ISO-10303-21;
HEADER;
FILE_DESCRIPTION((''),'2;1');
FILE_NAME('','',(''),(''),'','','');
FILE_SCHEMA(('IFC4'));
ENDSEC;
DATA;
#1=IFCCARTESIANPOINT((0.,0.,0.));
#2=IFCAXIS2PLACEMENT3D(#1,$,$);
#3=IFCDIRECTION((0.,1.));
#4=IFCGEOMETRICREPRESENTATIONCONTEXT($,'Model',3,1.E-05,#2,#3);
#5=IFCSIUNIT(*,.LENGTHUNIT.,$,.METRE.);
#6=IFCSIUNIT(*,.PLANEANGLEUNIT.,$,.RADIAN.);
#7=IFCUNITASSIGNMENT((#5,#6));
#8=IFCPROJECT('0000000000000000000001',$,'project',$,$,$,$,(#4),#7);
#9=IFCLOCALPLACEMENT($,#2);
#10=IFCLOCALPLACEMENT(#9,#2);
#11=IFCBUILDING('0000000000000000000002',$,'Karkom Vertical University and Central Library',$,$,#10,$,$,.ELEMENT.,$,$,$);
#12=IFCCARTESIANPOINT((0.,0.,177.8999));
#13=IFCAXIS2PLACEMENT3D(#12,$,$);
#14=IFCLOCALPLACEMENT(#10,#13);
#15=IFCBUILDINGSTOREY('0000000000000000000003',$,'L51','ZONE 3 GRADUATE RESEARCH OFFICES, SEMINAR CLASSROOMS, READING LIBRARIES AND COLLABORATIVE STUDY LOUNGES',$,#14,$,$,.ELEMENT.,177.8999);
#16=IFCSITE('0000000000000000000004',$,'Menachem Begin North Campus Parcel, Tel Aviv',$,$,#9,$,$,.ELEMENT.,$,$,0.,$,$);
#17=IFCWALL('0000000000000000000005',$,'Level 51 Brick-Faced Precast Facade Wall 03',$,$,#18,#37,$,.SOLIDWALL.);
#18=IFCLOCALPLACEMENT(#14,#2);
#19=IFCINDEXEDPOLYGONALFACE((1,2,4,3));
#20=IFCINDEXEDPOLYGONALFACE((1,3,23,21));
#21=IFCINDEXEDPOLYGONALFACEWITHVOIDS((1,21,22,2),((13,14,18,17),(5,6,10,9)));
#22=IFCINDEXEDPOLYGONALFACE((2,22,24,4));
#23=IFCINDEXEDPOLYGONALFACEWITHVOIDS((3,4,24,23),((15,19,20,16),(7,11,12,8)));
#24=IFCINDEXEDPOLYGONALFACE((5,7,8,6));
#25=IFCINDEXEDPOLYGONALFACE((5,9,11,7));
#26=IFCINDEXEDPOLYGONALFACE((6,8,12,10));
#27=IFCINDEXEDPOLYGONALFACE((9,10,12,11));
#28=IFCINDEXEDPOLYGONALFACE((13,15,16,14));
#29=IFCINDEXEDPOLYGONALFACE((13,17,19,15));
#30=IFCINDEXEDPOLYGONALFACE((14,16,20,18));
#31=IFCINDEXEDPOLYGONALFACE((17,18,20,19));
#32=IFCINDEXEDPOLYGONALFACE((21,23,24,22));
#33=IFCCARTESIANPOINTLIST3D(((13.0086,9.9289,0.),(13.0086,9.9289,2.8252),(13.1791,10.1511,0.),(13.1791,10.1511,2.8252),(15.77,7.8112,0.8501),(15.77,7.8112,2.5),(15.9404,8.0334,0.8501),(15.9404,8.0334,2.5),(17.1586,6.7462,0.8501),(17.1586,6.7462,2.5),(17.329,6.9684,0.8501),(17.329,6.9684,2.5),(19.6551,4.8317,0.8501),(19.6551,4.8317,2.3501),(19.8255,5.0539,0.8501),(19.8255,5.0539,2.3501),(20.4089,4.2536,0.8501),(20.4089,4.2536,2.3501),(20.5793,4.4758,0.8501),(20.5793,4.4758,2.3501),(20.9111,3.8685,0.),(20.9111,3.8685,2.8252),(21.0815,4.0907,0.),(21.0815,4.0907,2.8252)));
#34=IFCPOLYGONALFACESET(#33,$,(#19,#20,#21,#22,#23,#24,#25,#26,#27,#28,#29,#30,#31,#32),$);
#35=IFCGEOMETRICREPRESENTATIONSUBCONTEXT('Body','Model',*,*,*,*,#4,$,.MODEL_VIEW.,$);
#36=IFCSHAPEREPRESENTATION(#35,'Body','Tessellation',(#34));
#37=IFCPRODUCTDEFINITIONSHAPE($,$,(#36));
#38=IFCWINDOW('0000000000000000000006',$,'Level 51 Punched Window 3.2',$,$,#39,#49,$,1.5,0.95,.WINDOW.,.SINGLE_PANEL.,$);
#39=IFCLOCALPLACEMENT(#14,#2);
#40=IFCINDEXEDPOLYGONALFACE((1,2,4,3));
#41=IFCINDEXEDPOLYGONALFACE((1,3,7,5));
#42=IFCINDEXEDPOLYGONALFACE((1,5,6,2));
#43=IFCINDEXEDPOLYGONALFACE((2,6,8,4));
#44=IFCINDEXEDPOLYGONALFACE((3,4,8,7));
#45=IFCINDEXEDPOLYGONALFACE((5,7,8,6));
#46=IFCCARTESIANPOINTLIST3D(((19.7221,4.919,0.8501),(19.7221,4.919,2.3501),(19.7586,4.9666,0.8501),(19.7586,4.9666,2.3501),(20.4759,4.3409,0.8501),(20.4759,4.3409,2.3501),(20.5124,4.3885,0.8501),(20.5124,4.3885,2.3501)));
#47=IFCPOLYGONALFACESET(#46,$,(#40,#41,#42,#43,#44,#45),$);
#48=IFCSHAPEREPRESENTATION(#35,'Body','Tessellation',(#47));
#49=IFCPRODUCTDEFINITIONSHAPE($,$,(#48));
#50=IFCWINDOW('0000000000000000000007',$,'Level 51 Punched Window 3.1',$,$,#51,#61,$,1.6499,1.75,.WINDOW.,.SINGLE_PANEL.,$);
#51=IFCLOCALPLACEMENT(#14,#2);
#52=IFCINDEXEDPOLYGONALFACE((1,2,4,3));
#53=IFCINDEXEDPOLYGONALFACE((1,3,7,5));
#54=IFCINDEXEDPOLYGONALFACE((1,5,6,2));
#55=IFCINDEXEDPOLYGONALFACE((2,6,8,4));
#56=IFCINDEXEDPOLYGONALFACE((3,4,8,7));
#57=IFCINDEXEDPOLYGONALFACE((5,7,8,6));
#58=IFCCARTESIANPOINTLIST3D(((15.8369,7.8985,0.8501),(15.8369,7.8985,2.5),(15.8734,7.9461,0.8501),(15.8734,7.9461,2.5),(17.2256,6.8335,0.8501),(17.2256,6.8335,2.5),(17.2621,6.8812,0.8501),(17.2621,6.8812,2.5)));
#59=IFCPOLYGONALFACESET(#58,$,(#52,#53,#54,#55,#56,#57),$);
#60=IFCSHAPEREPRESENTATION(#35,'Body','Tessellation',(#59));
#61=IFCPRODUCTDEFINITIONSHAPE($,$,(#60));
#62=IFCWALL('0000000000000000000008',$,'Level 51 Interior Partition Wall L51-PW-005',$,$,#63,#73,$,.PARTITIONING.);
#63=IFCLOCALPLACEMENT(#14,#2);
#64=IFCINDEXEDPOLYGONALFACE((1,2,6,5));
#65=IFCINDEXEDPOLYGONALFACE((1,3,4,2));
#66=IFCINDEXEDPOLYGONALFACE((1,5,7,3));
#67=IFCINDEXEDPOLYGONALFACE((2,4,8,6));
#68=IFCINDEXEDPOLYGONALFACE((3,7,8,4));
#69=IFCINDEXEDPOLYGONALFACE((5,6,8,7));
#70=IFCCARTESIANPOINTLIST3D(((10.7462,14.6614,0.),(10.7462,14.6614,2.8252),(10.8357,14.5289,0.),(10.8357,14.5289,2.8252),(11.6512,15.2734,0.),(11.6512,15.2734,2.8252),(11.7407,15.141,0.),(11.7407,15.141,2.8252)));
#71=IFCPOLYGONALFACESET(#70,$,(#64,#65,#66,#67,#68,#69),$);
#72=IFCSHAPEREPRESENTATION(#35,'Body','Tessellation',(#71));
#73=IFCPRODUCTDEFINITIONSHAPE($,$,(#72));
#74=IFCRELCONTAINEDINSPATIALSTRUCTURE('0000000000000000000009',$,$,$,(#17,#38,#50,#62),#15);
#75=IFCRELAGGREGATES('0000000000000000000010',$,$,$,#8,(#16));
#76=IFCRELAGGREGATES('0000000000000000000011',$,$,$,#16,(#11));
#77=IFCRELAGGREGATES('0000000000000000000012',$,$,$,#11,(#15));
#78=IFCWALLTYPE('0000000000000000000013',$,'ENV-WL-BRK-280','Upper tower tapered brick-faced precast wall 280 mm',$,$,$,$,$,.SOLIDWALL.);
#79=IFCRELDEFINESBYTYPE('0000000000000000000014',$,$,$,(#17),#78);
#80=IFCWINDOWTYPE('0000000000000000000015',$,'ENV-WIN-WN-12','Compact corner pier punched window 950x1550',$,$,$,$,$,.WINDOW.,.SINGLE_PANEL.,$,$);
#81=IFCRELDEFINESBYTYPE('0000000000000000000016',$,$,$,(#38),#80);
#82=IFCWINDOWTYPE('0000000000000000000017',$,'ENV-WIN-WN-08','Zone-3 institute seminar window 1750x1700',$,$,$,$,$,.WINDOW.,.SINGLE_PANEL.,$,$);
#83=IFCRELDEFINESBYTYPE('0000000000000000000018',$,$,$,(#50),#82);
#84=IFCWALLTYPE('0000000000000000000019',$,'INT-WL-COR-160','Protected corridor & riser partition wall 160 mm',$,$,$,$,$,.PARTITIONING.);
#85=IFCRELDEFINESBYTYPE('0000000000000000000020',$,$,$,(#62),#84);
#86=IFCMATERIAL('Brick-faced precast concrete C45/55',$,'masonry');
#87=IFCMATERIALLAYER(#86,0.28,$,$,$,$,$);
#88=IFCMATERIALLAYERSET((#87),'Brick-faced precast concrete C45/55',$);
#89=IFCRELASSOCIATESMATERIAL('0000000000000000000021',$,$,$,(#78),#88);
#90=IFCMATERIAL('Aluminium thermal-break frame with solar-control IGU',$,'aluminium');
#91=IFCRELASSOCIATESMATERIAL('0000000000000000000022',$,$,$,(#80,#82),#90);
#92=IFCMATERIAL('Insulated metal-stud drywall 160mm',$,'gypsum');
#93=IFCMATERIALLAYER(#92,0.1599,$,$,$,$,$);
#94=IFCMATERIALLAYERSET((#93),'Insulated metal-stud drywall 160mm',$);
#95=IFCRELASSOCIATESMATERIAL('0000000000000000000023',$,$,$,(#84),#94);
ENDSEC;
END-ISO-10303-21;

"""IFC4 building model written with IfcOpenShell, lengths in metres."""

from ifc_helpers import new_model, si_unit, direction, frame, frame_2d, origin, origin_with_axes, place, context, subcontext, project, spatial, rectangle, extrude, source, transform, mapped, material, layer, layer_set, type_object, element, fill, save


model = new_model("IFC4")

# Units and contexts
model_context = context("Model", 3, precision=1e-05, world=origin(), true_north=direction((0.0, 1.0)))
body_context = subcontext(model_context, "Body", "Model", "MODEL_VIEW")
ifc_project = project(units=[si_unit("LENGTHUNIT", "METRE"), si_unit("PLANEANGLEUNIT", "RADIAN")], contexts=[model_context])

# Site, building, storey
site_placement = place(None, origin())
site = spatial("IfcSite", under=ifc_project, at=site_placement, Name="Menachem Begin North Campus Parcel, Tel Aviv", CompositionType="ELEMENT", RefElevation=0.0)
building_placement = place(site_placement, origin())
building = spatial("IfcBuilding", under=site, at=building_placement, Name="Karkom Vertical University and Central Library", CompositionType="ELEMENT")
storey_placement = place(building_placement, frame((0.0, 0.0, 177.8999)))
storey = spatial("IfcBuildingStorey", under=building, at=storey_placement, Name="L51", Description="ZONE 3 GRADUATE RESEARCH OFFICES, SEMINAR CLASSROOMS, READING LIBRARIES AND COLLABORATIVE STUDY LOUNGES", CompositionType="ELEMENT", Elevation=177.8999)

# Wall, openings, windows
ifc_material_1 = material(Name="Brick-faced precast concrete C45/55", Category="masonry")
ifc_layer_1 = layer(ifc_material_1, 0.28)
ifc_layer_set_1 = layer_set([ifc_layer_1], Name="Brick-faced precast concrete C45/55")
wall_type_1 = type_object("IfcWallType", Name="ENV-WL-BRK-280", Description="Upper tower tapered brick-faced precast wall 280 mm", PredefinedType="SOLIDWALL", material=ifc_layer_set_1)
wall_1_placement = place(storey_placement, frame((13.0938, 10.04, 0.0), z_axis=(0.0, 0.0, 1.0), x_axis=(0.793517, -0.608548, 0.0)))
wall_1 = element("IfcWall", 1, at=wall_1_placement, inside=storey, type_object=wall_type_1, Name="Level 51 Brick-Faced Precast Facade Wall 03", PredefinedType="SOLIDWALL", context=body_context, shape_type="SweptSolid", body=[
    extrude(rectangle(XDim=9.9587, YDim=0.28, at=frame_2d((4.9795, 0.0))), origin(), (0.0, 0.0, 1.0), 2.8252),
])
opening_1_placement = place(wall_1_placement, frame((3.48, 0.0, 0.8501)))
opening_1 = element("IfcOpeningElement", 2, at=opening_1_placement, cuts=wall_1, PredefinedType="OPENING", context=body_context, shape_type="SweptSolid", body=[
    extrude(rectangle(XDim=1.75, YDim=1.6499, at=frame_2d((0.875, 0.825))), frame((0.0, 0.1499, 0.0), z_axis=(0.0, -1.0, 0.0), x_axis=(1.0, 0.0, 0.0)), (0.0, 0.0, 1.0), 0.3),
])
opening_2_placement = place(wall_1_placement, frame((8.376, 0.0, 0.8501)))
opening_2 = element("IfcOpeningElement", 3, at=opening_2_placement, cuts=wall_1, PredefinedType="OPENING", context=body_context, shape_type="SweptSolid", body=[
    extrude(rectangle(XDim=0.95, YDim=1.5, at=frame_2d((0.4751, 0.75))), frame((0.0, 0.1499, 0.0), z_axis=(0.0, -1.0, 0.0), x_axis=(1.0, 0.0, 0.0)), (0.0, 0.0, 1.0), 0.3),
])
ifc_material_2 = material(Name="Aluminium thermal-break frame with solar-control IGU", Category="aluminium")
window_type_1 = type_object("IfcWindowType", Name="ENV-WIN-WN-12", Description="Compact corner pier punched window 950x1550", PartitioningType="SINGLE_PANEL", PredefinedType="WINDOW", material=ifc_material_2)
shared_shape_1 = source(origin_with_axes(), body_context, "Body", "SweptSolid", [
    extrude(rectangle(XDim=0.95, YDim=1.5, at=frame_2d((0.4751, 0.75))), frame((0.0, 0.03, 0.0), z_axis=(0.0, -1.0, 0.0), x_axis=(1.0, 0.0, 0.0)), (0.0, 0.0, 1.0), 0.0601),
])
window_1_placement = place(opening_2_placement, origin())
window_1 = element("IfcWindow", 4, at=window_1_placement, inside=storey, type_object=window_type_1, Name="Level 51 Punched Window 3.2", OverallHeight=1.5, OverallWidth=0.95, PartitioningType="SINGLE_PANEL", PredefinedType="WINDOW", context=body_context, shape_type="MappedRepresentation", body=[
    mapped(shared_shape_1, transform((0.0, 0.0, 0.0), scale=1.0)),
])
fill(opening_2, window_1)
window_type_2 = type_object("IfcWindowType", Name="ENV-WIN-WN-08", Description="Zone-3 institute seminar window 1750x1700", PartitioningType="SINGLE_PANEL", PredefinedType="WINDOW", material=ifc_material_2)
shared_shape_2 = source(origin_with_axes(), body_context, "Body", "SweptSolid", [
    extrude(rectangle(XDim=1.75, YDim=1.6499, at=frame_2d((0.875, 0.825))), frame((0.0, 0.03, 0.0), z_axis=(0.0, -1.0, 0.0), x_axis=(1.0, 0.0, 0.0)), (0.0, 0.0, 1.0), 0.0601),
])
window_2_placement = place(opening_1_placement, origin())
window_2 = element("IfcWindow", 5, at=window_2_placement, inside=storey, type_object=window_type_2, Name="Level 51 Punched Window 3.1", OverallHeight=1.6499, OverallWidth=1.75, PartitioningType="SINGLE_PANEL", PredefinedType="WINDOW", context=body_context, shape_type="MappedRepresentation", body=[
    mapped(shared_shape_2, transform((0.0, 0.0, 0.0), scale=1.0)),
])
fill(opening_1, window_2)

# Wall
ifc_material_3 = material(Name="Insulated metal-stud drywall 160mm", Category="gypsum")
ifc_layer_2 = layer(ifc_material_3, 0.1599)
ifc_layer_set_2 = layer_set([ifc_layer_2], Name="Insulated metal-stud drywall 160mm")
wall_type_2 = type_object("IfcWallType", Name="INT-WL-COR-160", Description="Protected corridor & riser partition wall 160 mm", PredefinedType="PARTITIONING", material=ifc_layer_set_2)
wall_2_placement = place(storey_placement, frame((11.696, 15.2073, 0.0), z_axis=(0.0, 0.0, 1.0), x_axis=(-0.828354, -0.560206, 0.0)))
element("IfcWall", 6, at=wall_2_placement, inside=storey, type_object=wall_type_2, Name="Level 51 Interior Partition Wall L51-PW-005", PredefinedType="PARTITIONING", context=body_context, shape_type="SweptSolid", body=[
    extrude(rectangle(XDim=1.0925, YDim=0.1599, at=frame_2d((0.5464, 0.0))), origin(), (0.0, 0.0, 1.0), 2.8252),
])

save(model, "model.ifc")
